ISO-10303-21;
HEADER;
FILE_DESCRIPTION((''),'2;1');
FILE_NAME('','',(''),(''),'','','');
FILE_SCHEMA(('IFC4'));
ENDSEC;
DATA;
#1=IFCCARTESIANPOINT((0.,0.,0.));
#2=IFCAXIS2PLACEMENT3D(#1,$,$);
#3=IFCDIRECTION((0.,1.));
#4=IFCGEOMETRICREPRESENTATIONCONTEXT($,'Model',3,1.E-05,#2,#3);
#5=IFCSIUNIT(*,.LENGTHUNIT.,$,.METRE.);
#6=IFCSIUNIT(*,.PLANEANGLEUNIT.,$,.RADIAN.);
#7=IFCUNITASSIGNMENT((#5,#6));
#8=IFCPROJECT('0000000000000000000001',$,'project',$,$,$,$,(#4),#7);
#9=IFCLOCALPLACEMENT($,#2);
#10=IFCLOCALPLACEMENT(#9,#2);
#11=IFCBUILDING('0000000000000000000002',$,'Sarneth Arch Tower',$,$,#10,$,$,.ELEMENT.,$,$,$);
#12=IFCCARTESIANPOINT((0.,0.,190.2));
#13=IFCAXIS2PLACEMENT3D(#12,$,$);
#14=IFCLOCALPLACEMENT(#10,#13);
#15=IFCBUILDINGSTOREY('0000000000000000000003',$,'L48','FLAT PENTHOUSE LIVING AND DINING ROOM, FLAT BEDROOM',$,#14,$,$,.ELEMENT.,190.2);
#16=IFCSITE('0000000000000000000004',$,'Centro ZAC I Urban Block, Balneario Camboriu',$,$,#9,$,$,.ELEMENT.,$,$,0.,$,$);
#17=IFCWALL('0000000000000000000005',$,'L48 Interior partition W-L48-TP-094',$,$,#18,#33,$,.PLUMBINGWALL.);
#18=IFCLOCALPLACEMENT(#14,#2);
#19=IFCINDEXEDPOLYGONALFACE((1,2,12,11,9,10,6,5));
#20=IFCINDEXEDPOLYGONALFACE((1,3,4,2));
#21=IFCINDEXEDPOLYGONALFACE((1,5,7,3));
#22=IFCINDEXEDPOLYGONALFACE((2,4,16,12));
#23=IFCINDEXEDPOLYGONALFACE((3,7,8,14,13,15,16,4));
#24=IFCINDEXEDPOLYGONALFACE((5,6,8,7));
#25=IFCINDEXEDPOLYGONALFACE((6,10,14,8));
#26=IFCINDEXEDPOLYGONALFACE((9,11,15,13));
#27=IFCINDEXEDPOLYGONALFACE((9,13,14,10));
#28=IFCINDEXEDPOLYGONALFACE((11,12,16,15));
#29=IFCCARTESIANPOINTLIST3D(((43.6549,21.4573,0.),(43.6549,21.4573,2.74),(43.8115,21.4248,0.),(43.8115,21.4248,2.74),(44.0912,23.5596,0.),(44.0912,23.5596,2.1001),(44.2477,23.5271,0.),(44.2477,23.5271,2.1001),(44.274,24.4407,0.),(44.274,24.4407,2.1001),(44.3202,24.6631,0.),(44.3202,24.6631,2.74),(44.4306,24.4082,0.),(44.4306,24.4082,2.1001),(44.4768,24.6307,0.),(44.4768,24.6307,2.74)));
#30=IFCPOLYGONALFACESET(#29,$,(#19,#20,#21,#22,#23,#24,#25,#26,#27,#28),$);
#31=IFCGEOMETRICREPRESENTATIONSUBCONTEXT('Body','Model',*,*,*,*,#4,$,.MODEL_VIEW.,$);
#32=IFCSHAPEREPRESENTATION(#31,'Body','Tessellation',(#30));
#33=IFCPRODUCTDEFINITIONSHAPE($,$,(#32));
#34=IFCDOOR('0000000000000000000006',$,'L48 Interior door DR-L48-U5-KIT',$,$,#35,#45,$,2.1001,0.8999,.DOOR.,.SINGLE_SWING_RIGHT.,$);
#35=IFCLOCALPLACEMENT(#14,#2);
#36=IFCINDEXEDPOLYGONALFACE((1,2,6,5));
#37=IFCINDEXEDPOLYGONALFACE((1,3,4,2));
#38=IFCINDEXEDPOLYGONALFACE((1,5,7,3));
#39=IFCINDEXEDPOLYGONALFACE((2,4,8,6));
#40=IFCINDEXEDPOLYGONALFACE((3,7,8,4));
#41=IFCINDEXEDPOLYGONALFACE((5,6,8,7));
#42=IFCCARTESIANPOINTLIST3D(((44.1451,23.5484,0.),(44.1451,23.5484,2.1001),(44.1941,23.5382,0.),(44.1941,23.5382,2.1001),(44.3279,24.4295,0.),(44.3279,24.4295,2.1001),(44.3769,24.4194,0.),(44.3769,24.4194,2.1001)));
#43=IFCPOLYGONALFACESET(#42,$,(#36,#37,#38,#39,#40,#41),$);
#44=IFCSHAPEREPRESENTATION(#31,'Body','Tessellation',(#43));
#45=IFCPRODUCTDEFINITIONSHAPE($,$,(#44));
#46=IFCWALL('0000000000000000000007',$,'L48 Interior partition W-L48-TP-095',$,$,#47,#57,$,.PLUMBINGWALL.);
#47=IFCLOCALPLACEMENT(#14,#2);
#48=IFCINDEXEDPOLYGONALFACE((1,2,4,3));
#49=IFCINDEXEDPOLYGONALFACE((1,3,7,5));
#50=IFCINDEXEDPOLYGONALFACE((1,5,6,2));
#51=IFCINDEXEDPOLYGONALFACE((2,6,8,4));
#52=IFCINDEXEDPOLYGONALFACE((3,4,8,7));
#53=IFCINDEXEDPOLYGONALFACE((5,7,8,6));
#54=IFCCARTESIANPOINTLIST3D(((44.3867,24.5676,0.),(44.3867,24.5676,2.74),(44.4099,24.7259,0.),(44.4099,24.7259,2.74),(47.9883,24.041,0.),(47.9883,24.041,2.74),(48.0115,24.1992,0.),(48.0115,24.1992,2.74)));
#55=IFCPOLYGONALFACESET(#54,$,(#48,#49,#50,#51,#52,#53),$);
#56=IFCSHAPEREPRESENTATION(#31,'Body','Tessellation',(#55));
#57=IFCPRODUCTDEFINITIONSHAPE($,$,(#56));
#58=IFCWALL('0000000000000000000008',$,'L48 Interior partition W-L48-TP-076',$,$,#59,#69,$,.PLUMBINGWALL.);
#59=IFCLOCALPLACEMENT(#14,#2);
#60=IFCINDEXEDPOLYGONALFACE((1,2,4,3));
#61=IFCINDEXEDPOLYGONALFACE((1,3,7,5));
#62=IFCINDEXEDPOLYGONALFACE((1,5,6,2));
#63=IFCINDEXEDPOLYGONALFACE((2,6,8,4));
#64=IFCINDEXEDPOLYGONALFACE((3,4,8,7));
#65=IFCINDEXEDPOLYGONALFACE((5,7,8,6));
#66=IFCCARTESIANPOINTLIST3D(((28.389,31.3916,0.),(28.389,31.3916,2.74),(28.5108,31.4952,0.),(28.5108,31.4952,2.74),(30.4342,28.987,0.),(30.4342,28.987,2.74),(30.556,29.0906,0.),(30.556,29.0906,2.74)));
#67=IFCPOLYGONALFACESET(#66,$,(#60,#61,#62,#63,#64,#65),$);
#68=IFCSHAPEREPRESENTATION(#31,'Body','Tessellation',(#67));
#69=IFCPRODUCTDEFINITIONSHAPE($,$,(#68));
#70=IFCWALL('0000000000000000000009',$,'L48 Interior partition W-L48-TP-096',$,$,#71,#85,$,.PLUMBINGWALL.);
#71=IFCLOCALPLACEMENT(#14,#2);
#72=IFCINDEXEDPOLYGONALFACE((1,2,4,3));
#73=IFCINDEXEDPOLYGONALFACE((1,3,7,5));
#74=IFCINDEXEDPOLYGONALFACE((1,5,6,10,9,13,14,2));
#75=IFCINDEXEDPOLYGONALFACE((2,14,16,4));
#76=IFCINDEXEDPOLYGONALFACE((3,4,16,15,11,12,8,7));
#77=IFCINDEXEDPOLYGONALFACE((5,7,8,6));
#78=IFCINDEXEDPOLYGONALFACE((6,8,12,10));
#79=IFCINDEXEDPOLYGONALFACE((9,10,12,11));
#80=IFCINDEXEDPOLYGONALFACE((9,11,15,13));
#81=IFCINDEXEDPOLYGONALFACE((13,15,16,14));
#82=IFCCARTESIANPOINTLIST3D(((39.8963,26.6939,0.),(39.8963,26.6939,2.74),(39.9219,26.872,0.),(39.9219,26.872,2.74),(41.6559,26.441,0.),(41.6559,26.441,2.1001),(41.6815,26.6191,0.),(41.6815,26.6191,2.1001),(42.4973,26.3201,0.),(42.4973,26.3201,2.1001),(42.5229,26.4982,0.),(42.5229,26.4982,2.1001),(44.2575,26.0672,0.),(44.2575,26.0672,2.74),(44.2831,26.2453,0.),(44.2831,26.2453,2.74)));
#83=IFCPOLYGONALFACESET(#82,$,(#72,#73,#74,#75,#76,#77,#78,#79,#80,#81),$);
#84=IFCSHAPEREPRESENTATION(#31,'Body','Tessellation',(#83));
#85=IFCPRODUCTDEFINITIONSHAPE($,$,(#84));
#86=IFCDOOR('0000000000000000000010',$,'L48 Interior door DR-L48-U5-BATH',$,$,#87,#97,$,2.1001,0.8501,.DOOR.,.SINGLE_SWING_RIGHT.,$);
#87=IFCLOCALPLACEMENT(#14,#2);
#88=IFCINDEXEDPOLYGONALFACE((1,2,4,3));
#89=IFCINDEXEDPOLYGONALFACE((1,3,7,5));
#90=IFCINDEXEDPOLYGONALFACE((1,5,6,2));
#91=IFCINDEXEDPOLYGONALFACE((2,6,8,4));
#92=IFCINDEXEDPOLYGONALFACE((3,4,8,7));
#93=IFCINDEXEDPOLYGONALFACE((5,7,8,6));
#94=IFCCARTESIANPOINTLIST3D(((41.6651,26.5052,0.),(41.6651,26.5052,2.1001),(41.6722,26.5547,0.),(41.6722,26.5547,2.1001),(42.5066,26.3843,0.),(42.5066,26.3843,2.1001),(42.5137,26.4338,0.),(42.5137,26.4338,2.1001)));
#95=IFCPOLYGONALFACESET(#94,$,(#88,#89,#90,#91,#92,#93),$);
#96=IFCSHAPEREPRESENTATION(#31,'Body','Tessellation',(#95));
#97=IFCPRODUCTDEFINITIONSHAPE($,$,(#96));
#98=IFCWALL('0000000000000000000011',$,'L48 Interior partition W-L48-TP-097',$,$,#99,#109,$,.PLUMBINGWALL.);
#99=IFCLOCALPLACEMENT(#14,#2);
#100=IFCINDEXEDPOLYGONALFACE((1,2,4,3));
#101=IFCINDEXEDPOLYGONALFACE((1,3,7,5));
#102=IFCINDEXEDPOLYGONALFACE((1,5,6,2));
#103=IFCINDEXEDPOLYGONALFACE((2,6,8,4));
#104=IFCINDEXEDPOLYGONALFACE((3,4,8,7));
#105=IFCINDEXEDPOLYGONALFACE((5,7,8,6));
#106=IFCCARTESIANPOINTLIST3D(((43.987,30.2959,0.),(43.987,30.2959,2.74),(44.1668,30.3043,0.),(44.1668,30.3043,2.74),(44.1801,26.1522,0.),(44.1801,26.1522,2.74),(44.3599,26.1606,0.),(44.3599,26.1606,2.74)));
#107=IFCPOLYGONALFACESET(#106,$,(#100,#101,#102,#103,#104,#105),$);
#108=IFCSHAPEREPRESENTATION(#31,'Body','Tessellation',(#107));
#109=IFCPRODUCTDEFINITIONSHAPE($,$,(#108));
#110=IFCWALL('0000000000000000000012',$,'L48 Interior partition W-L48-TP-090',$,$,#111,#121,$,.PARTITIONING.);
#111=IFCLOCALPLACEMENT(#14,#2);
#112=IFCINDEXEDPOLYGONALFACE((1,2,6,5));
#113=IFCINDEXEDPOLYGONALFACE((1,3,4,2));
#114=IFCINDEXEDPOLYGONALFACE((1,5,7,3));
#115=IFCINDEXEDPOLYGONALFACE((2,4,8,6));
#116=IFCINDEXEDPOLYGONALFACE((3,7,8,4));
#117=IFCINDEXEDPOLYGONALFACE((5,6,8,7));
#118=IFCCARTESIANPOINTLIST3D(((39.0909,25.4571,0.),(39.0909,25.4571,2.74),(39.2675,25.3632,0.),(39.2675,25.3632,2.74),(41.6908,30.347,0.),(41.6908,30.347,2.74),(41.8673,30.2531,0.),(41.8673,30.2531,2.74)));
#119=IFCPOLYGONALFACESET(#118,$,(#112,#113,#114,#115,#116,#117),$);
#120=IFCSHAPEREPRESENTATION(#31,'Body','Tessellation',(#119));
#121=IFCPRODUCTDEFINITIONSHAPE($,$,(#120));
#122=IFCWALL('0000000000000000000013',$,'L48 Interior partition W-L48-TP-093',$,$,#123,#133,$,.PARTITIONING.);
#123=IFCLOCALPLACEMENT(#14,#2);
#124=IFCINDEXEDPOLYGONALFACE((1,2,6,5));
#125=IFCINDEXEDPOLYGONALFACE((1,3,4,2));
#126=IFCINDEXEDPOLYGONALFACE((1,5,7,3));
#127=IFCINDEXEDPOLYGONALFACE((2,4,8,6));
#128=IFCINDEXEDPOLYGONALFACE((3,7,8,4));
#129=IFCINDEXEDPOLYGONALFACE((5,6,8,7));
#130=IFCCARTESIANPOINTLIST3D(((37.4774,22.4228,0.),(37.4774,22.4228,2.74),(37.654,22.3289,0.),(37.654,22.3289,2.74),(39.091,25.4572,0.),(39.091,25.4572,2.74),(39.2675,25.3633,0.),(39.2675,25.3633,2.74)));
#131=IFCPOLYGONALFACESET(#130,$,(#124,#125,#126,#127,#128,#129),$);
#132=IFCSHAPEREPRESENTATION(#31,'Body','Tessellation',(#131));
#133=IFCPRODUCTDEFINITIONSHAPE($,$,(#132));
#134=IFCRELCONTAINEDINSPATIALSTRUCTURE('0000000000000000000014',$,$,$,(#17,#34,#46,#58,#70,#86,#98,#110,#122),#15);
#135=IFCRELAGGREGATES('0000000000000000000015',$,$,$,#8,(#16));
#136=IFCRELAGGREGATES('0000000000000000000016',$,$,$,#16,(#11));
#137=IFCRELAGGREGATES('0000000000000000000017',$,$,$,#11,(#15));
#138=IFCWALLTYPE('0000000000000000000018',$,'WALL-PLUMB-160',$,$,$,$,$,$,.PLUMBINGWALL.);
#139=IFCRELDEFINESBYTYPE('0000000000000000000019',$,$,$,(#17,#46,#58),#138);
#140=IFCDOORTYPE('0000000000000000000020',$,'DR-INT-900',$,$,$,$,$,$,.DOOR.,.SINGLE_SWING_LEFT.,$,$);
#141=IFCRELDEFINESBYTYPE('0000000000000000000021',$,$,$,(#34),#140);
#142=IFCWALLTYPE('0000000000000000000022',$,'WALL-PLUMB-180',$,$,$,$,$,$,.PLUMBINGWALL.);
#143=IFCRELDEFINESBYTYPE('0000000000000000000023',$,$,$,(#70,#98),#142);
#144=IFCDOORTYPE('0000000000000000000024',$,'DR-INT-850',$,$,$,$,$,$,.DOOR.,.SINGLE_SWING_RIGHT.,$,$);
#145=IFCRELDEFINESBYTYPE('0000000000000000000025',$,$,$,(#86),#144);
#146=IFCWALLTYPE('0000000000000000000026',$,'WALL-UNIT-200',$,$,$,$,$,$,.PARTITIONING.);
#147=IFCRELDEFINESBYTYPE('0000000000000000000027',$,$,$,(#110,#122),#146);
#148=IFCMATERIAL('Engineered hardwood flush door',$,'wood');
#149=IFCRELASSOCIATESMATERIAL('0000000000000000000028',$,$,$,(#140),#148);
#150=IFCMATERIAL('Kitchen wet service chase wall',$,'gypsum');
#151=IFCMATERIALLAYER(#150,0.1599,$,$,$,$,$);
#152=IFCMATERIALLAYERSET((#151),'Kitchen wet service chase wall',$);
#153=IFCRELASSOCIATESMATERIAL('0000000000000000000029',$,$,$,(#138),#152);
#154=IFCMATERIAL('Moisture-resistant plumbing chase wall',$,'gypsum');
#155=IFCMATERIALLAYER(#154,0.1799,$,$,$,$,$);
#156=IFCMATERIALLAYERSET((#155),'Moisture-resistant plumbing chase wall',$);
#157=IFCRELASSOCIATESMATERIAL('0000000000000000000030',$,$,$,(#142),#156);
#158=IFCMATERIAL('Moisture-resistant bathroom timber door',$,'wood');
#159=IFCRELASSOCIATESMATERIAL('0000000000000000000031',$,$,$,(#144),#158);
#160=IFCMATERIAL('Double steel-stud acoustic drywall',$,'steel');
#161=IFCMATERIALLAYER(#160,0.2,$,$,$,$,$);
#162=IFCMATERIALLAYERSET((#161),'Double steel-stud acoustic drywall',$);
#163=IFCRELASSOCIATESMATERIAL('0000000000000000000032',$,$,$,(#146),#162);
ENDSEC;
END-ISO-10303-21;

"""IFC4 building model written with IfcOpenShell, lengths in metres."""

from ifc_helpers import new_model, si_unit, direction, frame, frame_2d, origin, place, context, subcontext, project, spatial, rectangle, extrude, material, layer, layer_set, type_object, element, fill, save


model = new_model("IFC4")

# Units and contexts
model_context = context("Model", 3, precision=1e-05, world=origin(), true_north=direction((0.0, 1.0)))
body_context = subcontext(model_context, "Body", "Model", "MODEL_VIEW")
ifc_project = project(units=[si_unit("LENGTHUNIT", "METRE"), si_unit("PLANEANGLEUNIT", "RADIAN")], contexts=[model_context])

# Site, building, storey
site_placement = place(None, origin())
site = spatial("IfcSite", under=ifc_project, at=site_placement, Name="Centro ZAC I Urban Block, Balneario Camboriu", CompositionType="ELEMENT", RefElevation=0.0)
building_placement = place(site_placement, origin())
building = spatial("IfcBuilding", under=site, at=building_placement, Name="Sarneth Arch Tower", CompositionType="ELEMENT")
storey_placement = place(building_placement, frame((0.0, 0.0, 190.2)))
storey = spatial("IfcBuildingStorey", under=building, at=storey_placement, Name="L48", Description="FLAT PENTHOUSE LIVING AND DINING ROOM, FLAT BEDROOM", CompositionType="ELEMENT", Elevation=190.2)

# Shared definitions
ifc_material_1 = material(Name="Engineered hardwood flush door", Category="wood")
door_type_1 = type_object("IfcDoorType", Name="DR-INT-900", OperationType="SINGLE_SWING_LEFT", PredefinedType="DOOR", material=ifc_material_1)

# Wall, opening, door
ifc_material_2 = material(Name="Kitchen wet service chase wall", Category="gypsum")
ifc_layer_1 = layer(ifc_material_2, 0.1599)
ifc_layer_set_1 = layer_set([ifc_layer_1], Name="Kitchen wet service chase wall")
wall_type_1 = type_object("IfcWallType", Name="WALL-PLUMB-160", PredefinedType="PLUMBINGWALL", material=ifc_layer_set_1)
wall_1_placement = place(storey_placement, frame((43.7332, 21.4409, 0.0), z_axis=(0.0, 0.0, 1.0), x_axis=(0.203195, 0.979138, 0.0)))
wall_1 = element("IfcWall", 1, at=wall_1_placement, inside=storey, type_object=wall_type_1, Name="L48 Interior partition W-L48-TP-094", PredefinedType="PLUMBINGWALL", context=body_context, shape_type="SweptSolid", body=[
    extrude(rectangle(XDim=3.2742, YDim=0.1599, at=frame_2d((1.6372, 0.0))), origin(), (0.0, 0.0, 1.0), 2.74),
])
opening_1_placement = place(wall_1_placement, frame((2.1472, 0.0, 0.0)))
opening_1 = element("IfcOpeningElement", 2, at=opening_1_placement, cuts=wall_1, PredefinedType="OPENING", context=body_context, shape_type="SweptSolid", body=[
    extrude(rectangle(XDim=0.8999, YDim=2.1001, at=frame_2d((0.45, 1.05))), frame((0.0, 0.0898, 0.0), z_axis=(0.0, -1.0, 0.0), x_axis=(1.0, 0.0, 0.0)), (0.0, 0.0, 1.0), 0.1799),
])
door_1_placement = place(opening_1_placement, origin())
door_1 = element("IfcDoor", 3, at=door_1_placement, inside=storey, type_object=door_type_1, Name="L48 Interior door DR-L48-U5-KIT", OperationType="SINGLE_SWING_RIGHT", OverallHeight=2.1001, OverallWidth=0.8999, PredefinedType="DOOR", context=body_context, shape_type="SweptSolid", body=[
    extrude(rectangle(XDim=0.8999, YDim=2.1001, at=frame_2d((0.45, 1.05))), frame((0.0, 0.0249, 0.0), z_axis=(0.0, -1.0, 0.0), x_axis=(1.0, 0.0, 0.0)), (0.0, 0.0, 1.0), 0.05),
])
fill(opening_1, door_1)

# Walls
wall_2_placement = place(storey_placement, frame((44.3984, 24.6467, 0.0), z_axis=(0.0, 0.0, 1.0), x_axis=(0.989479, -0.144679, 0.0)))
element("IfcWall", 4, at=wall_2_placement, inside=storey, type_object=wall_type_1, Name="L48 Interior partition W-L48-TP-095", PredefinedType="PLUMBINGWALL", context=body_context, shape_type="SweptSolid", body=[
    extrude(rectangle(XDim=3.6399, YDim=0.1599, at=frame_2d((1.8198, 0.0))), origin(), (0.0, 0.0, 1.0), 2.74),
])
wall_3_placement = place(storey_placement, frame((30.4951, 29.0388, 0.0), z_axis=(0.0, 0.0, 1.0), x_axis=(-0.647889, 0.761735, 0.0)))
element("IfcWall", 5, at=wall_3_placement, inside=storey, type_object=wall_type_1, Name="L48 Interior partition W-L48-TP-076", PredefinedType="PLUMBINGWALL", context=body_context, shape_type="SweptSolid", body=[
    extrude(rectangle(XDim=3.1567, YDim=0.1599, at=frame_2d((1.5784, 0.0))), origin(), (0.0, 0.0, 1.0), 2.74),
])

# Wall, opening, door
ifc_material_3 = material(Name="Moisture-resistant plumbing chase wall", Category="gypsum")
ifc_layer_2 = layer(ifc_material_3, 0.1799)
ifc_layer_set_2 = layer_set([ifc_layer_2], Name="Moisture-resistant plumbing chase wall")
wall_type_2 = type_object("IfcWallType", Name="WALL-PLUMB-180", PredefinedType="PLUMBINGWALL", material=ifc_layer_set_2)
wall_4_placement = place(storey_placement, frame((39.9089, 26.783, 0.0), z_axis=(0.0, 0.0, 1.0), x_axis=(0.989832, -0.142244, 0.0)))
wall_4 = element("IfcWall", 6, at=wall_4_placement, inside=storey, type_object=wall_type_2, Name="L48 Interior partition W-L48-TP-096", PredefinedType="PLUMBINGWALL", context=body_context, shape_type="SweptSolid", body=[
    extrude(rectangle(XDim=4.406, YDim=0.1799, at=frame_2d((2.2031, 0.0))), origin(), (0.0, 0.0, 1.0), 2.74),
])
opening_2_placement = place(wall_4_placement, frame((1.7778, 0.0, 0.0)))
opening_2 = element("IfcOpeningElement", 7, at=opening_2_placement, cuts=wall_4, PredefinedType="OPENING", context=body_context, shape_type="SweptSolid", body=[
    extrude(rectangle(XDim=0.8501, YDim=2.1001, at=frame_2d((0.425, 1.05))), frame((0.0, 0.0999, 0.0), z_axis=(0.0, -1.0, 0.0), x_axis=(1.0, 0.0, 0.0)), (0.0, 0.0, 1.0), 0.2),
])
ifc_material_4 = material(Name="Moisture-resistant bathroom timber door", Category="wood")
door_type_2 = type_object("IfcDoorType", Name="DR-INT-850", OperationType="SINGLE_SWING_RIGHT", PredefinedType="DOOR", material=ifc_material_4)
door_2_placement = place(opening_2_placement, origin())
door_2 = element("IfcDoor", 8, at=door_2_placement, inside=storey, type_object=door_type_2, Name="L48 Interior door DR-L48-U5-BATH", OperationType="SINGLE_SWING_RIGHT", OverallHeight=2.1001, OverallWidth=0.8501, PredefinedType="DOOR", context=body_context, shape_type="SweptSolid", body=[
    extrude(rectangle(XDim=0.8501, YDim=2.1001, at=frame_2d((0.425, 1.05))), frame((0.0, 0.0249, 0.0), z_axis=(0.0, -1.0, 0.0), x_axis=(1.0, 0.0, 0.0)), (0.0, 0.0, 1.0), 0.05),
])
fill(opening_2, door_2)

# Walls
wall_5_placement = place(storey_placement, frame((44.27, 26.1562, 0.0), z_axis=(0.0, 0.0, 1.0), x_axis=(-0.046553, 0.998916, 0.0)))
element("IfcWall", 9, at=wall_5_placement, inside=storey, type_object=wall_type_2, Name="L48 Interior partition W-L48-TP-097", PredefinedType="PLUMBINGWALL", context=body_context, shape_type="SweptSolid", body=[
    extrude(rectangle(XDim=4.1482, YDim=0.1799, at=frame_2d((2.0742, 0.0))), origin(), (0.0, 0.0, 1.0), 2.74),
])
ifc_material_5 = material(Name="Double steel-stud acoustic drywall", Category="steel")
ifc_layer_3 = layer(ifc_material_5, 0.2)
ifc_layer_set_3 = layer_set([ifc_layer_3], Name="Double steel-stud acoustic drywall")
wall_type_3 = type_object("IfcWallType", Name="WALL-UNIT-200", PredefinedType="PARTITIONING", material=ifc_layer_set_3)
wall_6_placement = place(storey_placement, frame((39.1792, 25.4102, 0.0), z_axis=(0.0, 0.0, 1.0), x_axis=(0.469451, 0.882959, 0.0)))
element("IfcWall", 10, at=wall_6_placement, inside=storey, type_object=wall_type_3, Name="L48 Interior partition W-L48-TP-090", PredefinedType="PARTITIONING", context=body_context, shape_type="SweptSolid", body=[
    extrude(rectangle(XDim=5.5381, YDim=0.2, at=frame_2d((2.769, 0.0))), origin(), (0.0, 0.0, 1.0), 2.74),
])
wall_7_placement = place(storey_placement, frame((39.1792, 25.4102, 0.0), z_axis=(0.0, 0.0, 1.0), x_axis=(-0.469493, -0.882936, 0.0)))
element("IfcWall", 11, at=wall_7_placement, inside=storey, type_object=wall_type_3, Name="L48 Interior partition W-L48-TP-093", PredefinedType="PARTITIONING", context=body_context, shape_type="SweptSolid", body=[
    extrude(rectangle(XDim=3.4368, YDim=0.2, at=frame_2d((1.7183, 0.0))), origin(), (0.0, 0.0, 1.0), 2.74),
])

save(model, "model.ifc")
